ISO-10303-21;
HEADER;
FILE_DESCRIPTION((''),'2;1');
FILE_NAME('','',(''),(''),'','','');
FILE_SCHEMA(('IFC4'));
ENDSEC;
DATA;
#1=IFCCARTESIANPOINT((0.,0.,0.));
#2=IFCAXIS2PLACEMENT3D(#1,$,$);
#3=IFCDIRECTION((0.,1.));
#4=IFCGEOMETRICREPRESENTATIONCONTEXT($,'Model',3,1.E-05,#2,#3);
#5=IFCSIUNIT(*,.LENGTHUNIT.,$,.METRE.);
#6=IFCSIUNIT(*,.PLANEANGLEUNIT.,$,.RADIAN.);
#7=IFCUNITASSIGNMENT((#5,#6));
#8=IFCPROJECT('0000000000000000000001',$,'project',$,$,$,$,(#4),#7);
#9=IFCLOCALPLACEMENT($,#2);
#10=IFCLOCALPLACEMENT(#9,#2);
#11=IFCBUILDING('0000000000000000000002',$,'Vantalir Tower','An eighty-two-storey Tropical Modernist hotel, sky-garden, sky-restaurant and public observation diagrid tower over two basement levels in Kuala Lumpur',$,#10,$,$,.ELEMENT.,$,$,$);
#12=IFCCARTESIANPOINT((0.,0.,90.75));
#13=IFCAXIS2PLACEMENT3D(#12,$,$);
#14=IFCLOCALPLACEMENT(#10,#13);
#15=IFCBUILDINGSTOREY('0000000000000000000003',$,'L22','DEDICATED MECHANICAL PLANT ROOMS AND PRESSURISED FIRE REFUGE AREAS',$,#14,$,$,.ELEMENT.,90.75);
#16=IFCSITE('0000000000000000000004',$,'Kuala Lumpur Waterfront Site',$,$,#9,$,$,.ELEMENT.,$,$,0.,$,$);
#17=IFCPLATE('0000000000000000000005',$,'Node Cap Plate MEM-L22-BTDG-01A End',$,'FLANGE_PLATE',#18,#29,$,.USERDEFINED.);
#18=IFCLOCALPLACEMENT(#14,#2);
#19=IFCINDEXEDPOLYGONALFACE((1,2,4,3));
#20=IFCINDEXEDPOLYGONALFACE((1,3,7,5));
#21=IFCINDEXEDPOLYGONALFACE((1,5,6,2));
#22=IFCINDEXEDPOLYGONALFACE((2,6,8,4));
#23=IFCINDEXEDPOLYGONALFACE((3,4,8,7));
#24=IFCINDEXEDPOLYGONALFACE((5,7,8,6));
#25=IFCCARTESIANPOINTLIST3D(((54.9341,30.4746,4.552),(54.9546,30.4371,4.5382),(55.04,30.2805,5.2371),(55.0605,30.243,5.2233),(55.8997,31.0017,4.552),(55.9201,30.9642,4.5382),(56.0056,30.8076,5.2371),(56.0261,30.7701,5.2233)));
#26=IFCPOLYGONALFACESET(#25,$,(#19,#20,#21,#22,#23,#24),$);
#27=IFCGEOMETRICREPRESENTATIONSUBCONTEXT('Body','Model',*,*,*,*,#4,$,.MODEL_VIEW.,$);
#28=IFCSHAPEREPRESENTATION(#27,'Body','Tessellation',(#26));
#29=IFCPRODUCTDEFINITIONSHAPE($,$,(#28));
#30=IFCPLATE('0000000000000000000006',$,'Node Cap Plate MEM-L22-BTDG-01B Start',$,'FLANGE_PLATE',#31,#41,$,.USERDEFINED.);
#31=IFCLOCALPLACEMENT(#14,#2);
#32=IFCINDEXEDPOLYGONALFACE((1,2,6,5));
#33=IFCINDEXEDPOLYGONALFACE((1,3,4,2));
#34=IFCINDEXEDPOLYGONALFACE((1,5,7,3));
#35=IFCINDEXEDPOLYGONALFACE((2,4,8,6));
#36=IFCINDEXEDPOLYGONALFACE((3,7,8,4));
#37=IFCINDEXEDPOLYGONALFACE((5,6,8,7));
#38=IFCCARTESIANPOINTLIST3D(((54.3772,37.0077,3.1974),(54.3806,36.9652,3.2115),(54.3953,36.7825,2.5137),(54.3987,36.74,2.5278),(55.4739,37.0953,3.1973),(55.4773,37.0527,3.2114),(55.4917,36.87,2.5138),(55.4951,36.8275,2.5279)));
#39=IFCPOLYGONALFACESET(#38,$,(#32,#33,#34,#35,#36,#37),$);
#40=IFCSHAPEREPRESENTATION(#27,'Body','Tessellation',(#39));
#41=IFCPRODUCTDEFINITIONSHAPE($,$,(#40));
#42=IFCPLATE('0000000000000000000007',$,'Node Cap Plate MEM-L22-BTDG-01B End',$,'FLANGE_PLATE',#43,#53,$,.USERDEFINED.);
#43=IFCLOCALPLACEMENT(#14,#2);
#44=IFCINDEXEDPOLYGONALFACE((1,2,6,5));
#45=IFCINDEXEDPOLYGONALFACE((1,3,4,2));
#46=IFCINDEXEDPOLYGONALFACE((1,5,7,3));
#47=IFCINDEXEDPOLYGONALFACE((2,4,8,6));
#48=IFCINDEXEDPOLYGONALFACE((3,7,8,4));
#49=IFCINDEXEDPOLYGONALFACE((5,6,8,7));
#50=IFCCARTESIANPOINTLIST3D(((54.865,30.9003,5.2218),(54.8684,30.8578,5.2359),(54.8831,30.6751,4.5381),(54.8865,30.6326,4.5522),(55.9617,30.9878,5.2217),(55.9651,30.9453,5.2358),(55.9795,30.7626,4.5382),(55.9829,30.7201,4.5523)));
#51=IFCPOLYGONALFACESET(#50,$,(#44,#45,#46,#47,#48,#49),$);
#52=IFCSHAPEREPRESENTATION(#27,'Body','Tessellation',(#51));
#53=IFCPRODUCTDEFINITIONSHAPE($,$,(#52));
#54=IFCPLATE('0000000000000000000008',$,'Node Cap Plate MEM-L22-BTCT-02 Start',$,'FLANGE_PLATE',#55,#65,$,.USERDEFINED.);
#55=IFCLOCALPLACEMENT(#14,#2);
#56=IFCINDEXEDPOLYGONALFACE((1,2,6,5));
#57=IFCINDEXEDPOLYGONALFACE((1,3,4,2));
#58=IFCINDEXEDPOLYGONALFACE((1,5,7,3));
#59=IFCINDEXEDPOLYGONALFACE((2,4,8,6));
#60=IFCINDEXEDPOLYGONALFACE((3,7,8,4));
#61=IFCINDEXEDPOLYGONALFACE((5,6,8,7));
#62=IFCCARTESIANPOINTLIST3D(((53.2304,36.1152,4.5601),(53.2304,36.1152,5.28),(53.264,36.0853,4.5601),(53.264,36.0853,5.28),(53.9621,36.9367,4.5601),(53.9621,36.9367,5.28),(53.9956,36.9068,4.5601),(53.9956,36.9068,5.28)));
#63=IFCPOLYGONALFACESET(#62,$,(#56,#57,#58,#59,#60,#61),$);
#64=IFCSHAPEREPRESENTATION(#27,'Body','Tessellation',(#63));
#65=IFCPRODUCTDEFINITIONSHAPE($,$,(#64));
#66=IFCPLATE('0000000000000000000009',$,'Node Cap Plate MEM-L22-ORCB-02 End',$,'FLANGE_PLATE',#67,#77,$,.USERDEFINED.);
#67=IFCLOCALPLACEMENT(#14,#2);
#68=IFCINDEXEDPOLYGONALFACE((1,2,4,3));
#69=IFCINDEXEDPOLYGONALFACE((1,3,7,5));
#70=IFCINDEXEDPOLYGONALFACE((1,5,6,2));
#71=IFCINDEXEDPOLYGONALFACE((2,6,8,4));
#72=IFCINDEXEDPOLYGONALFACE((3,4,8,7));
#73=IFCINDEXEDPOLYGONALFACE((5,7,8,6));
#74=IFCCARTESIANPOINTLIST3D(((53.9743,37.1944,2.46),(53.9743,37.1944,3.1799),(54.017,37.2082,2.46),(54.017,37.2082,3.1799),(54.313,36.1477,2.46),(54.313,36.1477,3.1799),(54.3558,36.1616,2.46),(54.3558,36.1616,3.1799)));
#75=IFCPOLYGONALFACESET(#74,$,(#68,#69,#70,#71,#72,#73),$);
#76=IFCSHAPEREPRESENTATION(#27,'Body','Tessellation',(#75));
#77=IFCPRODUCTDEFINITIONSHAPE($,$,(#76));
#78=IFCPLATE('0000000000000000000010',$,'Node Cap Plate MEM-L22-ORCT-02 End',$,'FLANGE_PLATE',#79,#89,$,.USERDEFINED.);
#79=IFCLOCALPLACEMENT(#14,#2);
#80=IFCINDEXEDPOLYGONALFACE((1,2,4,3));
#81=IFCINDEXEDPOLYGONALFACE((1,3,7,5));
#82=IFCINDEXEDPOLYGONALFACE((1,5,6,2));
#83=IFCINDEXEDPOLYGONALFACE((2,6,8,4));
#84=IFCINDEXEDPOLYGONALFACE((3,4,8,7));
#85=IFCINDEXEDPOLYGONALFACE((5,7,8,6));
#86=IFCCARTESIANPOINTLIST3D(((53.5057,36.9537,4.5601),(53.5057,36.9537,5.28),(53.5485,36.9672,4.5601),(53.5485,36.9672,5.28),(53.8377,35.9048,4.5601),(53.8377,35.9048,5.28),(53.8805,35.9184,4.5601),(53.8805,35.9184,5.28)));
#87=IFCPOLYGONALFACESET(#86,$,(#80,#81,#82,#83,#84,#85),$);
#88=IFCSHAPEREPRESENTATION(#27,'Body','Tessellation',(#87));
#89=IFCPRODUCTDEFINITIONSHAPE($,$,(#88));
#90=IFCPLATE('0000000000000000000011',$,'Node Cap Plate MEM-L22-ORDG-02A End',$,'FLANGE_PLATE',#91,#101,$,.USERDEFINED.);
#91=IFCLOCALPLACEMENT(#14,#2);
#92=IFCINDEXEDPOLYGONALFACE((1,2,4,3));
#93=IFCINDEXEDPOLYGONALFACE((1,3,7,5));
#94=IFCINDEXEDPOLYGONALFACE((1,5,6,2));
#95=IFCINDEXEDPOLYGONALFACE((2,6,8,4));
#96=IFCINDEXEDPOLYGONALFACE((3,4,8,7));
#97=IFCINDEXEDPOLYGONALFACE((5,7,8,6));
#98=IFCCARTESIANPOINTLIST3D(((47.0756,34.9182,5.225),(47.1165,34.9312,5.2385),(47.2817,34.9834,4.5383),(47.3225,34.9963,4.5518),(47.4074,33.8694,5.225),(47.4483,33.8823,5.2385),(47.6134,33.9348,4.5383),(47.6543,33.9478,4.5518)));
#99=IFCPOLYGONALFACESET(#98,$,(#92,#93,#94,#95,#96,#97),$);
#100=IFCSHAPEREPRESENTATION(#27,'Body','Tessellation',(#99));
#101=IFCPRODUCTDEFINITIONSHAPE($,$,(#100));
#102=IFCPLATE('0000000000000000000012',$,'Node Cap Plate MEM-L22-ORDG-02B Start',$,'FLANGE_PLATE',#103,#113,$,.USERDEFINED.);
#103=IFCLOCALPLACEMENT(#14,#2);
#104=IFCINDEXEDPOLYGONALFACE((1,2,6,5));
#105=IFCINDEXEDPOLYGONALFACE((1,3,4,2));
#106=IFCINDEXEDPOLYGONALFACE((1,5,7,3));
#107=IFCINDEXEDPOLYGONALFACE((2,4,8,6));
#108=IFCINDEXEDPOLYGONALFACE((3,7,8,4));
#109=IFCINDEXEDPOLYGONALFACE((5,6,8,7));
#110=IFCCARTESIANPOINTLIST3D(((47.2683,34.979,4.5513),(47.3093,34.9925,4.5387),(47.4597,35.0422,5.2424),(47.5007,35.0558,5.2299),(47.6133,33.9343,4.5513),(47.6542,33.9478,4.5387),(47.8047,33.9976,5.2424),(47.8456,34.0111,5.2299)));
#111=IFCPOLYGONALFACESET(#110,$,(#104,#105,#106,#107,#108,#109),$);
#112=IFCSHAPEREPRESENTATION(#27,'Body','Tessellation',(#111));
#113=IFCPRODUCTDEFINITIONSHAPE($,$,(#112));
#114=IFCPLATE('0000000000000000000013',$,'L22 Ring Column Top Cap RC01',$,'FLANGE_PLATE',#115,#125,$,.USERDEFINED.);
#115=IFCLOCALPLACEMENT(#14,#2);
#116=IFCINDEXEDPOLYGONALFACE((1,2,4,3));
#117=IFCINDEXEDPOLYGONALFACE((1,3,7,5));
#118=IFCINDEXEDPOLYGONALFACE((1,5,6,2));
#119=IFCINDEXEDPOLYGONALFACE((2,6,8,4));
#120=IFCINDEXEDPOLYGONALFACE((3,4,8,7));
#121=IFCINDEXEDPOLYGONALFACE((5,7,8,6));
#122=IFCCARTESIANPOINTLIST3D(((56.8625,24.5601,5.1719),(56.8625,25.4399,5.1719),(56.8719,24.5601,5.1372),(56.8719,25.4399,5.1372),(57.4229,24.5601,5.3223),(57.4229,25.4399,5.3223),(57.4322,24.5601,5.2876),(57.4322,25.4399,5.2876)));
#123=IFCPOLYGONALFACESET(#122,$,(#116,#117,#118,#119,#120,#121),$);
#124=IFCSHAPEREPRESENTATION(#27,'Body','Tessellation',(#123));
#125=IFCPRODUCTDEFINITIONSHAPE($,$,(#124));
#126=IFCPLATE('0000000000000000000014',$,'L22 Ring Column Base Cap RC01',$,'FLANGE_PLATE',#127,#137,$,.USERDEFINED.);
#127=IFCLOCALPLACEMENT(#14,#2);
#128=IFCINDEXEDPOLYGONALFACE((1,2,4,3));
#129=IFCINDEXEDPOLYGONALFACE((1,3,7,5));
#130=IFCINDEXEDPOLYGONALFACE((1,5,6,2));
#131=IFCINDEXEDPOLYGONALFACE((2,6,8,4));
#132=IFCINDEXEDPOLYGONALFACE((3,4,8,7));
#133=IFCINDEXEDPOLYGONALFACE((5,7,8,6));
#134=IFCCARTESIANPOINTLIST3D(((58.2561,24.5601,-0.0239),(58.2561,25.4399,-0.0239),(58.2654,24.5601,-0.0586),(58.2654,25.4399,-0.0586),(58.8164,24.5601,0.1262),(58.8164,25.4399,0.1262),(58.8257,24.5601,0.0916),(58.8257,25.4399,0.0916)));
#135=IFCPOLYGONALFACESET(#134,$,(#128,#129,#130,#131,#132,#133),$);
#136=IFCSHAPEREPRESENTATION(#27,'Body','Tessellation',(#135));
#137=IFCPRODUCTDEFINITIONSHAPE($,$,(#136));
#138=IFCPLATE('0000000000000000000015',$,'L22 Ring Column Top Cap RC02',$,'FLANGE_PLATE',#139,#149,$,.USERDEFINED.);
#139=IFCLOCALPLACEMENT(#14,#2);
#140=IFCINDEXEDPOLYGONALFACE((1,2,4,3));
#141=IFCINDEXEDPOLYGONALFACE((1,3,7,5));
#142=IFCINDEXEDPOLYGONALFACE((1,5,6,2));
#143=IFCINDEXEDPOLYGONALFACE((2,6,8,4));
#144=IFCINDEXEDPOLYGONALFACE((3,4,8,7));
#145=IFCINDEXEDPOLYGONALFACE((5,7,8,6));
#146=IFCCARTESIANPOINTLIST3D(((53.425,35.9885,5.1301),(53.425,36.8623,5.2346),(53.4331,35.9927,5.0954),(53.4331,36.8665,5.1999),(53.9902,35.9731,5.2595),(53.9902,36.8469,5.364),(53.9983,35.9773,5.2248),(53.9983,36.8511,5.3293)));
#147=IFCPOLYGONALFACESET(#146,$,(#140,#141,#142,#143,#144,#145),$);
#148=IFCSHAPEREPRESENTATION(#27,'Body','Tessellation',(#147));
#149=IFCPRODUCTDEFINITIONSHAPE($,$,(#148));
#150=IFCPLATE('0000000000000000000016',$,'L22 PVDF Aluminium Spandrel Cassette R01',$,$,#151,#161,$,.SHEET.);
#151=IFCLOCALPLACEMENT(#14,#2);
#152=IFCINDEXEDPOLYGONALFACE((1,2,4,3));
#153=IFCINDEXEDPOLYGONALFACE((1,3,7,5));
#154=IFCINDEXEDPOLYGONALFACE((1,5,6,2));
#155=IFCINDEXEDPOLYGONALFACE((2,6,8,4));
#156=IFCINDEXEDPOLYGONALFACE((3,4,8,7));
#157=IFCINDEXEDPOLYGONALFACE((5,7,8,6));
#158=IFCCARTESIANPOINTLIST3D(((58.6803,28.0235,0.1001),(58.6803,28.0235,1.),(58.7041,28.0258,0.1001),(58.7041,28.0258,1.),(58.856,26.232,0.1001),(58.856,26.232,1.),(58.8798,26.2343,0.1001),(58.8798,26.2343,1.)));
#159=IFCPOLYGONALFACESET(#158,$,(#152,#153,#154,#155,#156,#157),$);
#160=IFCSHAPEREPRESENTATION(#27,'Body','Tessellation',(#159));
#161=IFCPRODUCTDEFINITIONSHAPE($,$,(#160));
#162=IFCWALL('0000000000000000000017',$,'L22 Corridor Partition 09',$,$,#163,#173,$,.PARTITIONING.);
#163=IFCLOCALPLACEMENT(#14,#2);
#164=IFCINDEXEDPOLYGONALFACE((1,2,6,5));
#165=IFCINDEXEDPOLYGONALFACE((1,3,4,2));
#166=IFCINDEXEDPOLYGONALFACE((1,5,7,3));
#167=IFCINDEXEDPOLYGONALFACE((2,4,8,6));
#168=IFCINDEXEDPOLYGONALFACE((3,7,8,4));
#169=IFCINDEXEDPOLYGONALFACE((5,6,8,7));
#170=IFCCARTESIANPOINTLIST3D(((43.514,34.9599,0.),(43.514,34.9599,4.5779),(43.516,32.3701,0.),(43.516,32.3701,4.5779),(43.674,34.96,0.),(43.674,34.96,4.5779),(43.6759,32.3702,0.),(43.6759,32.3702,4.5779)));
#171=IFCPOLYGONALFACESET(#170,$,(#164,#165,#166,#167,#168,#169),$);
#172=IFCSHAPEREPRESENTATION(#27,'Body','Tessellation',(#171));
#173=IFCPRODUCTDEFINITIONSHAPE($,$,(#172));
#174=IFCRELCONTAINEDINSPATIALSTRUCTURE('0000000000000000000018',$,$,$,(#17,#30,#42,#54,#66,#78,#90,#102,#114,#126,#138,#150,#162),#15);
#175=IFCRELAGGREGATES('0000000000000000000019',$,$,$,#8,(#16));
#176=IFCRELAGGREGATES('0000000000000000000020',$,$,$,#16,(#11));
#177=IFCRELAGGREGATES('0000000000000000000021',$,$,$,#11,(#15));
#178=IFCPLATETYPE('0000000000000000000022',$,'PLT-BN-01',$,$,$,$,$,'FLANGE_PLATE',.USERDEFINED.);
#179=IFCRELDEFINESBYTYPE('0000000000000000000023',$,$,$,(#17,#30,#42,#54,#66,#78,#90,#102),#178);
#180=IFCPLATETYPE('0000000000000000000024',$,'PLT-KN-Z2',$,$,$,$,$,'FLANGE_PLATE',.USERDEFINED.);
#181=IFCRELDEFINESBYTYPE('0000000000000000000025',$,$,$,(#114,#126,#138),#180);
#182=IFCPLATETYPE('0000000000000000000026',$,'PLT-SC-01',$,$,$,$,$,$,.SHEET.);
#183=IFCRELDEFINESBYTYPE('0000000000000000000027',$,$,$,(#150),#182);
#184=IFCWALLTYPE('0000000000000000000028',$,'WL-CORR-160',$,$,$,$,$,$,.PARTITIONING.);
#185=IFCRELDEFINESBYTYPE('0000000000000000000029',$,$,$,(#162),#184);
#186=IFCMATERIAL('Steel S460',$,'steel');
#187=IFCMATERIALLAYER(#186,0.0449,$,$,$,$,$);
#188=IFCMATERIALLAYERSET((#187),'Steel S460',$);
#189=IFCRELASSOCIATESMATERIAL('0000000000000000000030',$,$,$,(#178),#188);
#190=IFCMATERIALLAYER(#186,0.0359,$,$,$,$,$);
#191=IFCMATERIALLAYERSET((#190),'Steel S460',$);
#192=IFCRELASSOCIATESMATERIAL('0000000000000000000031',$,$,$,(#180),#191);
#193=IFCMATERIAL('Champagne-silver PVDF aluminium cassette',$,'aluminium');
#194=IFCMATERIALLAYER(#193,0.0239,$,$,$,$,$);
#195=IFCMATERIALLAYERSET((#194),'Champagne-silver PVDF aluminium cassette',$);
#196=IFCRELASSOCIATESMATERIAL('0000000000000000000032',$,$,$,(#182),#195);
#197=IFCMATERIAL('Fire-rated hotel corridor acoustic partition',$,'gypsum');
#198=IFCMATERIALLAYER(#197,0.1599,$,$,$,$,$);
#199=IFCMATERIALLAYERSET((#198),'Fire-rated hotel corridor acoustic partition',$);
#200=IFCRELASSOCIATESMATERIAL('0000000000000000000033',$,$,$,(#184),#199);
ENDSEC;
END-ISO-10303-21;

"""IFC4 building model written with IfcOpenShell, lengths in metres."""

from ifc_helpers import new_model, si_unit, direction, frame, frame_2d, origin, origin_2d, place, context, subcontext, project, spatial, polyline, rectangle, outline, extrude, material, layer, layer_set, type_object, element, save


model = new_model("IFC4")

# Units and contexts
model_context = context("Model", 3, precision=1e-05, world=origin(), true_north=direction((0.0, 1.0)))
body_context = subcontext(model_context, "Body", "Model", "MODEL_VIEW")
ifc_project = project(units=[si_unit("LENGTHUNIT", "METRE"), si_unit("PLANEANGLEUNIT", "RADIAN")], contexts=[model_context])

# Site, building, storey
site_placement = place(None, origin())
site = spatial("IfcSite", under=ifc_project, at=site_placement, Name="Kuala Lumpur Waterfront Site", CompositionType="ELEMENT", RefElevation=0.0)
building_placement = place(site_placement, origin())
building = spatial("IfcBuilding", under=site, at=building_placement, Name="Vantalir Tower", Description="An eighty-two-storey Tropical Modernist hotel, sky-garden, sky-restaurant and public observation diagrid tower over two basement levels in Kuala Lumpur", CompositionType="ELEMENT")
storey_placement = place(building_placement, frame((0.0, 0.0, 90.75)))
storey = spatial("IfcBuildingStorey", under=building, at=storey_placement, Name="L22", Description="DEDICATED MECHANICAL PLANT ROOMS AND PRESSURISED FIRE REFUGE AREAS", CompositionType="ELEMENT", Elevation=90.75)

# Shared definitions
ifc_material_1 = material(Name="Steel S460", Category="steel")

# Plates
ifc_layer_1 = layer(ifc_material_1, 0.0449)
ifc_layer_set_1 = layer_set([ifc_layer_1], Name="Steel S460")
plate_type_1 = type_object("IfcPlateType", Name="PLT-BN-01", ElementType="FLANGE_PLATE", PredefinedType="USERDEFINED", material=ifc_layer_set_1)
plate_1_placement = place(storey_placement, frame((55.8997, 31.0017, 4.552), z_axis=(-0.455981, 0.835296, 0.307183), x_axis=(-0.877734, -0.479148, 0.0)))
element("IfcPlate", 1, at=plate_1_placement, inside=storey, type_object=plate_type_1, Name="Node Cap Plate MEM-L22-BTDG-01A End", ObjectType="FLANGE_PLATE", PredefinedType="USERDEFINED", context=body_context, shape_type="SweptSolid", body=[
    extrude(outline(polyline([(0.0, 0.0), (1.1001, 0.0), (1.1001, 0.7199), (0.0, 0.7199), (0.0, 0.0)])), origin(), (0.0, 0.0, -1.0), 0.0449),
])
for number, where, z_axis, x_axis, name in (
    (2, (54.3987, 36.74, 2.5278), (0.075545, -0.946475, 0.313813), (0.996829, 0.079576, 0.000036), "Node Cap Plate MEM-L22-BTDG-01B Start"),
    (3, (54.8865, 30.6326, 4.5522), (0.075545, -0.946475, 0.313813), (0.996829, 0.079576, 0.000036), "Node Cap Plate MEM-L22-BTDG-01B End"),
):
    element("IfcPlate", number, at=place(storey_placement, frame(where, z_axis=z_axis, x_axis=x_axis)), inside=storey, type_object=plate_type_1, Name=name, ObjectType="FLANGE_PLATE", PredefinedType="USERDEFINED", context=body_context, shape_type="SweptSolid", body=[
        extrude(outline(polyline([(0.0, 0.0), (1.0999, 0.0), (1.1001, 0.7199), (-0.0001, 0.72), (0.0, 0.0)])), origin(), (0.0, 0.0, -1.0), 0.0449),
    ])
for number, where, z_axis, x_axis, name in (
    (4, (53.613, 36.511, 4.5601), (0.0, 0.0, 1.0), (-0.746766, 0.665087, 0.0), "Node Cap Plate MEM-L22-BTCT-02 Start"),
    (5, (54.165, 36.678, 2.46), (0.0, 0.0, 1.0), (0.951417, 0.307905, 0.0), "Node Cap Plate MEM-L22-ORCB-02 End"),
    (6, (53.6931, 36.436, 4.5601), (0.0, 0.0, 1.0), (0.953386, 0.301754, 0.0), "Node Cap Plate MEM-L22-ORCT-02 End"),
):
    element("IfcPlate", number, at=place(storey_placement, frame(where, z_axis=z_axis, x_axis=x_axis)), inside=storey, type_object=plate_type_1, Name=name, ObjectType="FLANGE_PLATE", PredefinedType="USERDEFINED", context=body_context, shape_type="SweptSolid", body=[
        extrude(rectangle(XDim=0.0449, YDim=1.1001, at=origin_2d()), origin(), (0.0, 0.0, 1.0), 0.72),
    ])
plate_2_placement = place(storey_placement, frame((47.6543, 33.9478, 4.5518), z_axis=(0.909439, 0.287726, 0.300225), x_axis=(-0.301644, 0.953421, 0.00001)))
element("IfcPlate", 7, at=plate_2_placement, inside=storey, type_object=plate_type_1, Name="Node Cap Plate MEM-L22-ORDG-02A End", ObjectType="FLANGE_PLATE", PredefinedType="USERDEFINED", context=body_context, shape_type="SweptSolid", body=[
    extrude(outline(polyline([(0.0, 0.0), (1.0998, 0.0), (1.0998, 0.72), (-0.0002, 0.72), (0.0, 0.0)])), origin(), (0.0, 0.0, -1.0), 0.0449),
])
plate_3_placement = place(storey_placement, frame((47.2683, 34.979, 4.5513), z_axis=(-0.911588, -0.301022, 0.279989), x_axis=(0.313564, -0.949567, 0.0)))
element("IfcPlate", 8, at=plate_3_placement, inside=storey, type_object=plate_type_1, Name="Node Cap Plate MEM-L22-ORDG-02B Start", ObjectType="FLANGE_PLATE", PredefinedType="USERDEFINED", context=body_context, shape_type="SweptSolid", body=[
    extrude(outline(polyline([(0.0, 0.0), (1.1002, 0.0), (1.1001, 0.72), (0.0, 0.72), (0.0, 0.0)])), origin(), (0.0, 0.0, -1.0), 0.0449),
])
ifc_layer_2 = layer(ifc_material_1, 0.0359)
ifc_layer_set_2 = layer_set([ifc_layer_2], Name="Steel S460")
plate_type_2 = type_object("IfcPlateType", Name="PLT-KN-Z2", ElementType="FLANGE_PLATE", PredefinedType="USERDEFINED", material=ifc_layer_set_2)
plate_4_placement = place(storey_placement, frame((56.8625, 25.4399, 5.1719), z_axis=(-0.259234, 0.0, 0.965815), x_axis=(0.0, -1.0, 0.0)))
element("IfcPlate", 9, at=plate_4_placement, inside=storey, type_object=plate_type_2, Name="L22 Ring Column Top Cap RC01", ObjectType="FLANGE_PLATE", PredefinedType="USERDEFINED", context=body_context, shape_type="SweptSolid", body=[
    extrude(outline(polyline([(0.0, 0.0), (0.8799, 0.0), (0.8799, 0.5801), (0.0, 0.5801), (0.0, 0.0)])), origin(), (0.0, 0.0, -1.0), 0.0359),
])
plate_5_placement = place(storey_placement, frame((58.2561, 25.4399, -0.0239), z_axis=(-0.258841, 0.0, 0.96592), x_axis=(0.0, -1.0, 0.0)))
element("IfcPlate", 10, at=plate_5_placement, inside=storey, type_object=plate_type_2, Name="L22 Ring Column Base Cap RC01", ObjectType="FLANGE_PLATE", PredefinedType="USERDEFINED", context=body_context, shape_type="SweptSolid", body=[
    extrude(outline(polyline([(0.0, 0.0), (0.8799, 0.0), (0.8799, 0.5801), (0.0, 0.5801), (0.0, 0.0)])), origin(), (0.0, 0.0, -1.0), 0.0359),
])
plate_6_placement = place(storey_placement, frame((53.425, 36.8623, 5.2346), z_axis=(-0.22466, -0.115705, 0.967543), x_axis=(0.0, -0.992925, -0.11874)))
element("IfcPlate", 11, at=plate_6_placement, inside=storey, type_object=plate_type_2, Name="L22 Ring Column Top Cap RC02", ObjectType="FLANGE_PLATE", PredefinedType="USERDEFINED", context=body_context, shape_type="SweptSolid", body=[
    extrude(outline(polyline([(0.0, 0.0), (0.88, 0.0), (0.8799, 0.58), (-0.0001, 0.58), (0.0, 0.0)])), origin(), (0.0, 0.0, -1.0), 0.0359),
])
ifc_material_2 = material(Name="Champagne-silver PVDF aluminium cassette", Category="aluminium")
ifc_layer_3 = layer(ifc_material_2, 0.0239)
ifc_layer_set_3 = layer_set([ifc_layer_3], Name="Champagne-silver PVDF aluminium cassette")
plate_type_3 = type_object("IfcPlateType", Name="PLT-SC-01", PredefinedType="SHEET", material=ifc_layer_set_3)
plate_7_placement = place(storey_placement, frame((58.78, 27.1289, 0.1001), z_axis=(0.0, 0.0, 1.0), x_axis=(-0.097618, 0.995224, 0.0)))
element("IfcPlate", 12, at=plate_7_placement, inside=storey, type_object=plate_type_3, Name="L22 PVDF Aluminium Spandrel Cassette R01", PredefinedType="SHEET", context=body_context, shape_type="SweptSolid", body=[
    extrude(rectangle(XDim=1.8, YDim=0.0239, at=origin_2d()), origin(), (0.0, 0.0, 1.0), 0.8999),
])

# Wall
ifc_material_3 = material(Name="Fire-rated hotel corridor acoustic partition", Category="gypsum")
ifc_layer_4 = layer(ifc_material_3, 0.1599)
ifc_layer_set_4 = layer_set([ifc_layer_4], Name="Fire-rated hotel corridor acoustic partition")
wall_type_1 = type_object("IfcWallType", Name="WL-CORR-160", PredefinedType="PARTITIONING", material=ifc_layer_set_4)
wall_1_placement = place(storey_placement, frame((43.594, 34.96, 0.0), z_axis=(0.0, 0.0, 1.0), x_axis=(0.000754, -1.0, 0.0)))
element("IfcWall", 13, at=wall_1_placement, inside=storey, type_object=wall_type_1, Name="L22 Corridor Partition 09", PredefinedType="PARTITIONING", context=body_context, shape_type="SweptSolid", body=[
    extrude(rectangle(XDim=2.5898, YDim=0.1599, at=frame_2d((1.2949, 0.0))), origin(), (0.0, 0.0, 1.0), 4.5779),
])

save(model, "model.ifc")
